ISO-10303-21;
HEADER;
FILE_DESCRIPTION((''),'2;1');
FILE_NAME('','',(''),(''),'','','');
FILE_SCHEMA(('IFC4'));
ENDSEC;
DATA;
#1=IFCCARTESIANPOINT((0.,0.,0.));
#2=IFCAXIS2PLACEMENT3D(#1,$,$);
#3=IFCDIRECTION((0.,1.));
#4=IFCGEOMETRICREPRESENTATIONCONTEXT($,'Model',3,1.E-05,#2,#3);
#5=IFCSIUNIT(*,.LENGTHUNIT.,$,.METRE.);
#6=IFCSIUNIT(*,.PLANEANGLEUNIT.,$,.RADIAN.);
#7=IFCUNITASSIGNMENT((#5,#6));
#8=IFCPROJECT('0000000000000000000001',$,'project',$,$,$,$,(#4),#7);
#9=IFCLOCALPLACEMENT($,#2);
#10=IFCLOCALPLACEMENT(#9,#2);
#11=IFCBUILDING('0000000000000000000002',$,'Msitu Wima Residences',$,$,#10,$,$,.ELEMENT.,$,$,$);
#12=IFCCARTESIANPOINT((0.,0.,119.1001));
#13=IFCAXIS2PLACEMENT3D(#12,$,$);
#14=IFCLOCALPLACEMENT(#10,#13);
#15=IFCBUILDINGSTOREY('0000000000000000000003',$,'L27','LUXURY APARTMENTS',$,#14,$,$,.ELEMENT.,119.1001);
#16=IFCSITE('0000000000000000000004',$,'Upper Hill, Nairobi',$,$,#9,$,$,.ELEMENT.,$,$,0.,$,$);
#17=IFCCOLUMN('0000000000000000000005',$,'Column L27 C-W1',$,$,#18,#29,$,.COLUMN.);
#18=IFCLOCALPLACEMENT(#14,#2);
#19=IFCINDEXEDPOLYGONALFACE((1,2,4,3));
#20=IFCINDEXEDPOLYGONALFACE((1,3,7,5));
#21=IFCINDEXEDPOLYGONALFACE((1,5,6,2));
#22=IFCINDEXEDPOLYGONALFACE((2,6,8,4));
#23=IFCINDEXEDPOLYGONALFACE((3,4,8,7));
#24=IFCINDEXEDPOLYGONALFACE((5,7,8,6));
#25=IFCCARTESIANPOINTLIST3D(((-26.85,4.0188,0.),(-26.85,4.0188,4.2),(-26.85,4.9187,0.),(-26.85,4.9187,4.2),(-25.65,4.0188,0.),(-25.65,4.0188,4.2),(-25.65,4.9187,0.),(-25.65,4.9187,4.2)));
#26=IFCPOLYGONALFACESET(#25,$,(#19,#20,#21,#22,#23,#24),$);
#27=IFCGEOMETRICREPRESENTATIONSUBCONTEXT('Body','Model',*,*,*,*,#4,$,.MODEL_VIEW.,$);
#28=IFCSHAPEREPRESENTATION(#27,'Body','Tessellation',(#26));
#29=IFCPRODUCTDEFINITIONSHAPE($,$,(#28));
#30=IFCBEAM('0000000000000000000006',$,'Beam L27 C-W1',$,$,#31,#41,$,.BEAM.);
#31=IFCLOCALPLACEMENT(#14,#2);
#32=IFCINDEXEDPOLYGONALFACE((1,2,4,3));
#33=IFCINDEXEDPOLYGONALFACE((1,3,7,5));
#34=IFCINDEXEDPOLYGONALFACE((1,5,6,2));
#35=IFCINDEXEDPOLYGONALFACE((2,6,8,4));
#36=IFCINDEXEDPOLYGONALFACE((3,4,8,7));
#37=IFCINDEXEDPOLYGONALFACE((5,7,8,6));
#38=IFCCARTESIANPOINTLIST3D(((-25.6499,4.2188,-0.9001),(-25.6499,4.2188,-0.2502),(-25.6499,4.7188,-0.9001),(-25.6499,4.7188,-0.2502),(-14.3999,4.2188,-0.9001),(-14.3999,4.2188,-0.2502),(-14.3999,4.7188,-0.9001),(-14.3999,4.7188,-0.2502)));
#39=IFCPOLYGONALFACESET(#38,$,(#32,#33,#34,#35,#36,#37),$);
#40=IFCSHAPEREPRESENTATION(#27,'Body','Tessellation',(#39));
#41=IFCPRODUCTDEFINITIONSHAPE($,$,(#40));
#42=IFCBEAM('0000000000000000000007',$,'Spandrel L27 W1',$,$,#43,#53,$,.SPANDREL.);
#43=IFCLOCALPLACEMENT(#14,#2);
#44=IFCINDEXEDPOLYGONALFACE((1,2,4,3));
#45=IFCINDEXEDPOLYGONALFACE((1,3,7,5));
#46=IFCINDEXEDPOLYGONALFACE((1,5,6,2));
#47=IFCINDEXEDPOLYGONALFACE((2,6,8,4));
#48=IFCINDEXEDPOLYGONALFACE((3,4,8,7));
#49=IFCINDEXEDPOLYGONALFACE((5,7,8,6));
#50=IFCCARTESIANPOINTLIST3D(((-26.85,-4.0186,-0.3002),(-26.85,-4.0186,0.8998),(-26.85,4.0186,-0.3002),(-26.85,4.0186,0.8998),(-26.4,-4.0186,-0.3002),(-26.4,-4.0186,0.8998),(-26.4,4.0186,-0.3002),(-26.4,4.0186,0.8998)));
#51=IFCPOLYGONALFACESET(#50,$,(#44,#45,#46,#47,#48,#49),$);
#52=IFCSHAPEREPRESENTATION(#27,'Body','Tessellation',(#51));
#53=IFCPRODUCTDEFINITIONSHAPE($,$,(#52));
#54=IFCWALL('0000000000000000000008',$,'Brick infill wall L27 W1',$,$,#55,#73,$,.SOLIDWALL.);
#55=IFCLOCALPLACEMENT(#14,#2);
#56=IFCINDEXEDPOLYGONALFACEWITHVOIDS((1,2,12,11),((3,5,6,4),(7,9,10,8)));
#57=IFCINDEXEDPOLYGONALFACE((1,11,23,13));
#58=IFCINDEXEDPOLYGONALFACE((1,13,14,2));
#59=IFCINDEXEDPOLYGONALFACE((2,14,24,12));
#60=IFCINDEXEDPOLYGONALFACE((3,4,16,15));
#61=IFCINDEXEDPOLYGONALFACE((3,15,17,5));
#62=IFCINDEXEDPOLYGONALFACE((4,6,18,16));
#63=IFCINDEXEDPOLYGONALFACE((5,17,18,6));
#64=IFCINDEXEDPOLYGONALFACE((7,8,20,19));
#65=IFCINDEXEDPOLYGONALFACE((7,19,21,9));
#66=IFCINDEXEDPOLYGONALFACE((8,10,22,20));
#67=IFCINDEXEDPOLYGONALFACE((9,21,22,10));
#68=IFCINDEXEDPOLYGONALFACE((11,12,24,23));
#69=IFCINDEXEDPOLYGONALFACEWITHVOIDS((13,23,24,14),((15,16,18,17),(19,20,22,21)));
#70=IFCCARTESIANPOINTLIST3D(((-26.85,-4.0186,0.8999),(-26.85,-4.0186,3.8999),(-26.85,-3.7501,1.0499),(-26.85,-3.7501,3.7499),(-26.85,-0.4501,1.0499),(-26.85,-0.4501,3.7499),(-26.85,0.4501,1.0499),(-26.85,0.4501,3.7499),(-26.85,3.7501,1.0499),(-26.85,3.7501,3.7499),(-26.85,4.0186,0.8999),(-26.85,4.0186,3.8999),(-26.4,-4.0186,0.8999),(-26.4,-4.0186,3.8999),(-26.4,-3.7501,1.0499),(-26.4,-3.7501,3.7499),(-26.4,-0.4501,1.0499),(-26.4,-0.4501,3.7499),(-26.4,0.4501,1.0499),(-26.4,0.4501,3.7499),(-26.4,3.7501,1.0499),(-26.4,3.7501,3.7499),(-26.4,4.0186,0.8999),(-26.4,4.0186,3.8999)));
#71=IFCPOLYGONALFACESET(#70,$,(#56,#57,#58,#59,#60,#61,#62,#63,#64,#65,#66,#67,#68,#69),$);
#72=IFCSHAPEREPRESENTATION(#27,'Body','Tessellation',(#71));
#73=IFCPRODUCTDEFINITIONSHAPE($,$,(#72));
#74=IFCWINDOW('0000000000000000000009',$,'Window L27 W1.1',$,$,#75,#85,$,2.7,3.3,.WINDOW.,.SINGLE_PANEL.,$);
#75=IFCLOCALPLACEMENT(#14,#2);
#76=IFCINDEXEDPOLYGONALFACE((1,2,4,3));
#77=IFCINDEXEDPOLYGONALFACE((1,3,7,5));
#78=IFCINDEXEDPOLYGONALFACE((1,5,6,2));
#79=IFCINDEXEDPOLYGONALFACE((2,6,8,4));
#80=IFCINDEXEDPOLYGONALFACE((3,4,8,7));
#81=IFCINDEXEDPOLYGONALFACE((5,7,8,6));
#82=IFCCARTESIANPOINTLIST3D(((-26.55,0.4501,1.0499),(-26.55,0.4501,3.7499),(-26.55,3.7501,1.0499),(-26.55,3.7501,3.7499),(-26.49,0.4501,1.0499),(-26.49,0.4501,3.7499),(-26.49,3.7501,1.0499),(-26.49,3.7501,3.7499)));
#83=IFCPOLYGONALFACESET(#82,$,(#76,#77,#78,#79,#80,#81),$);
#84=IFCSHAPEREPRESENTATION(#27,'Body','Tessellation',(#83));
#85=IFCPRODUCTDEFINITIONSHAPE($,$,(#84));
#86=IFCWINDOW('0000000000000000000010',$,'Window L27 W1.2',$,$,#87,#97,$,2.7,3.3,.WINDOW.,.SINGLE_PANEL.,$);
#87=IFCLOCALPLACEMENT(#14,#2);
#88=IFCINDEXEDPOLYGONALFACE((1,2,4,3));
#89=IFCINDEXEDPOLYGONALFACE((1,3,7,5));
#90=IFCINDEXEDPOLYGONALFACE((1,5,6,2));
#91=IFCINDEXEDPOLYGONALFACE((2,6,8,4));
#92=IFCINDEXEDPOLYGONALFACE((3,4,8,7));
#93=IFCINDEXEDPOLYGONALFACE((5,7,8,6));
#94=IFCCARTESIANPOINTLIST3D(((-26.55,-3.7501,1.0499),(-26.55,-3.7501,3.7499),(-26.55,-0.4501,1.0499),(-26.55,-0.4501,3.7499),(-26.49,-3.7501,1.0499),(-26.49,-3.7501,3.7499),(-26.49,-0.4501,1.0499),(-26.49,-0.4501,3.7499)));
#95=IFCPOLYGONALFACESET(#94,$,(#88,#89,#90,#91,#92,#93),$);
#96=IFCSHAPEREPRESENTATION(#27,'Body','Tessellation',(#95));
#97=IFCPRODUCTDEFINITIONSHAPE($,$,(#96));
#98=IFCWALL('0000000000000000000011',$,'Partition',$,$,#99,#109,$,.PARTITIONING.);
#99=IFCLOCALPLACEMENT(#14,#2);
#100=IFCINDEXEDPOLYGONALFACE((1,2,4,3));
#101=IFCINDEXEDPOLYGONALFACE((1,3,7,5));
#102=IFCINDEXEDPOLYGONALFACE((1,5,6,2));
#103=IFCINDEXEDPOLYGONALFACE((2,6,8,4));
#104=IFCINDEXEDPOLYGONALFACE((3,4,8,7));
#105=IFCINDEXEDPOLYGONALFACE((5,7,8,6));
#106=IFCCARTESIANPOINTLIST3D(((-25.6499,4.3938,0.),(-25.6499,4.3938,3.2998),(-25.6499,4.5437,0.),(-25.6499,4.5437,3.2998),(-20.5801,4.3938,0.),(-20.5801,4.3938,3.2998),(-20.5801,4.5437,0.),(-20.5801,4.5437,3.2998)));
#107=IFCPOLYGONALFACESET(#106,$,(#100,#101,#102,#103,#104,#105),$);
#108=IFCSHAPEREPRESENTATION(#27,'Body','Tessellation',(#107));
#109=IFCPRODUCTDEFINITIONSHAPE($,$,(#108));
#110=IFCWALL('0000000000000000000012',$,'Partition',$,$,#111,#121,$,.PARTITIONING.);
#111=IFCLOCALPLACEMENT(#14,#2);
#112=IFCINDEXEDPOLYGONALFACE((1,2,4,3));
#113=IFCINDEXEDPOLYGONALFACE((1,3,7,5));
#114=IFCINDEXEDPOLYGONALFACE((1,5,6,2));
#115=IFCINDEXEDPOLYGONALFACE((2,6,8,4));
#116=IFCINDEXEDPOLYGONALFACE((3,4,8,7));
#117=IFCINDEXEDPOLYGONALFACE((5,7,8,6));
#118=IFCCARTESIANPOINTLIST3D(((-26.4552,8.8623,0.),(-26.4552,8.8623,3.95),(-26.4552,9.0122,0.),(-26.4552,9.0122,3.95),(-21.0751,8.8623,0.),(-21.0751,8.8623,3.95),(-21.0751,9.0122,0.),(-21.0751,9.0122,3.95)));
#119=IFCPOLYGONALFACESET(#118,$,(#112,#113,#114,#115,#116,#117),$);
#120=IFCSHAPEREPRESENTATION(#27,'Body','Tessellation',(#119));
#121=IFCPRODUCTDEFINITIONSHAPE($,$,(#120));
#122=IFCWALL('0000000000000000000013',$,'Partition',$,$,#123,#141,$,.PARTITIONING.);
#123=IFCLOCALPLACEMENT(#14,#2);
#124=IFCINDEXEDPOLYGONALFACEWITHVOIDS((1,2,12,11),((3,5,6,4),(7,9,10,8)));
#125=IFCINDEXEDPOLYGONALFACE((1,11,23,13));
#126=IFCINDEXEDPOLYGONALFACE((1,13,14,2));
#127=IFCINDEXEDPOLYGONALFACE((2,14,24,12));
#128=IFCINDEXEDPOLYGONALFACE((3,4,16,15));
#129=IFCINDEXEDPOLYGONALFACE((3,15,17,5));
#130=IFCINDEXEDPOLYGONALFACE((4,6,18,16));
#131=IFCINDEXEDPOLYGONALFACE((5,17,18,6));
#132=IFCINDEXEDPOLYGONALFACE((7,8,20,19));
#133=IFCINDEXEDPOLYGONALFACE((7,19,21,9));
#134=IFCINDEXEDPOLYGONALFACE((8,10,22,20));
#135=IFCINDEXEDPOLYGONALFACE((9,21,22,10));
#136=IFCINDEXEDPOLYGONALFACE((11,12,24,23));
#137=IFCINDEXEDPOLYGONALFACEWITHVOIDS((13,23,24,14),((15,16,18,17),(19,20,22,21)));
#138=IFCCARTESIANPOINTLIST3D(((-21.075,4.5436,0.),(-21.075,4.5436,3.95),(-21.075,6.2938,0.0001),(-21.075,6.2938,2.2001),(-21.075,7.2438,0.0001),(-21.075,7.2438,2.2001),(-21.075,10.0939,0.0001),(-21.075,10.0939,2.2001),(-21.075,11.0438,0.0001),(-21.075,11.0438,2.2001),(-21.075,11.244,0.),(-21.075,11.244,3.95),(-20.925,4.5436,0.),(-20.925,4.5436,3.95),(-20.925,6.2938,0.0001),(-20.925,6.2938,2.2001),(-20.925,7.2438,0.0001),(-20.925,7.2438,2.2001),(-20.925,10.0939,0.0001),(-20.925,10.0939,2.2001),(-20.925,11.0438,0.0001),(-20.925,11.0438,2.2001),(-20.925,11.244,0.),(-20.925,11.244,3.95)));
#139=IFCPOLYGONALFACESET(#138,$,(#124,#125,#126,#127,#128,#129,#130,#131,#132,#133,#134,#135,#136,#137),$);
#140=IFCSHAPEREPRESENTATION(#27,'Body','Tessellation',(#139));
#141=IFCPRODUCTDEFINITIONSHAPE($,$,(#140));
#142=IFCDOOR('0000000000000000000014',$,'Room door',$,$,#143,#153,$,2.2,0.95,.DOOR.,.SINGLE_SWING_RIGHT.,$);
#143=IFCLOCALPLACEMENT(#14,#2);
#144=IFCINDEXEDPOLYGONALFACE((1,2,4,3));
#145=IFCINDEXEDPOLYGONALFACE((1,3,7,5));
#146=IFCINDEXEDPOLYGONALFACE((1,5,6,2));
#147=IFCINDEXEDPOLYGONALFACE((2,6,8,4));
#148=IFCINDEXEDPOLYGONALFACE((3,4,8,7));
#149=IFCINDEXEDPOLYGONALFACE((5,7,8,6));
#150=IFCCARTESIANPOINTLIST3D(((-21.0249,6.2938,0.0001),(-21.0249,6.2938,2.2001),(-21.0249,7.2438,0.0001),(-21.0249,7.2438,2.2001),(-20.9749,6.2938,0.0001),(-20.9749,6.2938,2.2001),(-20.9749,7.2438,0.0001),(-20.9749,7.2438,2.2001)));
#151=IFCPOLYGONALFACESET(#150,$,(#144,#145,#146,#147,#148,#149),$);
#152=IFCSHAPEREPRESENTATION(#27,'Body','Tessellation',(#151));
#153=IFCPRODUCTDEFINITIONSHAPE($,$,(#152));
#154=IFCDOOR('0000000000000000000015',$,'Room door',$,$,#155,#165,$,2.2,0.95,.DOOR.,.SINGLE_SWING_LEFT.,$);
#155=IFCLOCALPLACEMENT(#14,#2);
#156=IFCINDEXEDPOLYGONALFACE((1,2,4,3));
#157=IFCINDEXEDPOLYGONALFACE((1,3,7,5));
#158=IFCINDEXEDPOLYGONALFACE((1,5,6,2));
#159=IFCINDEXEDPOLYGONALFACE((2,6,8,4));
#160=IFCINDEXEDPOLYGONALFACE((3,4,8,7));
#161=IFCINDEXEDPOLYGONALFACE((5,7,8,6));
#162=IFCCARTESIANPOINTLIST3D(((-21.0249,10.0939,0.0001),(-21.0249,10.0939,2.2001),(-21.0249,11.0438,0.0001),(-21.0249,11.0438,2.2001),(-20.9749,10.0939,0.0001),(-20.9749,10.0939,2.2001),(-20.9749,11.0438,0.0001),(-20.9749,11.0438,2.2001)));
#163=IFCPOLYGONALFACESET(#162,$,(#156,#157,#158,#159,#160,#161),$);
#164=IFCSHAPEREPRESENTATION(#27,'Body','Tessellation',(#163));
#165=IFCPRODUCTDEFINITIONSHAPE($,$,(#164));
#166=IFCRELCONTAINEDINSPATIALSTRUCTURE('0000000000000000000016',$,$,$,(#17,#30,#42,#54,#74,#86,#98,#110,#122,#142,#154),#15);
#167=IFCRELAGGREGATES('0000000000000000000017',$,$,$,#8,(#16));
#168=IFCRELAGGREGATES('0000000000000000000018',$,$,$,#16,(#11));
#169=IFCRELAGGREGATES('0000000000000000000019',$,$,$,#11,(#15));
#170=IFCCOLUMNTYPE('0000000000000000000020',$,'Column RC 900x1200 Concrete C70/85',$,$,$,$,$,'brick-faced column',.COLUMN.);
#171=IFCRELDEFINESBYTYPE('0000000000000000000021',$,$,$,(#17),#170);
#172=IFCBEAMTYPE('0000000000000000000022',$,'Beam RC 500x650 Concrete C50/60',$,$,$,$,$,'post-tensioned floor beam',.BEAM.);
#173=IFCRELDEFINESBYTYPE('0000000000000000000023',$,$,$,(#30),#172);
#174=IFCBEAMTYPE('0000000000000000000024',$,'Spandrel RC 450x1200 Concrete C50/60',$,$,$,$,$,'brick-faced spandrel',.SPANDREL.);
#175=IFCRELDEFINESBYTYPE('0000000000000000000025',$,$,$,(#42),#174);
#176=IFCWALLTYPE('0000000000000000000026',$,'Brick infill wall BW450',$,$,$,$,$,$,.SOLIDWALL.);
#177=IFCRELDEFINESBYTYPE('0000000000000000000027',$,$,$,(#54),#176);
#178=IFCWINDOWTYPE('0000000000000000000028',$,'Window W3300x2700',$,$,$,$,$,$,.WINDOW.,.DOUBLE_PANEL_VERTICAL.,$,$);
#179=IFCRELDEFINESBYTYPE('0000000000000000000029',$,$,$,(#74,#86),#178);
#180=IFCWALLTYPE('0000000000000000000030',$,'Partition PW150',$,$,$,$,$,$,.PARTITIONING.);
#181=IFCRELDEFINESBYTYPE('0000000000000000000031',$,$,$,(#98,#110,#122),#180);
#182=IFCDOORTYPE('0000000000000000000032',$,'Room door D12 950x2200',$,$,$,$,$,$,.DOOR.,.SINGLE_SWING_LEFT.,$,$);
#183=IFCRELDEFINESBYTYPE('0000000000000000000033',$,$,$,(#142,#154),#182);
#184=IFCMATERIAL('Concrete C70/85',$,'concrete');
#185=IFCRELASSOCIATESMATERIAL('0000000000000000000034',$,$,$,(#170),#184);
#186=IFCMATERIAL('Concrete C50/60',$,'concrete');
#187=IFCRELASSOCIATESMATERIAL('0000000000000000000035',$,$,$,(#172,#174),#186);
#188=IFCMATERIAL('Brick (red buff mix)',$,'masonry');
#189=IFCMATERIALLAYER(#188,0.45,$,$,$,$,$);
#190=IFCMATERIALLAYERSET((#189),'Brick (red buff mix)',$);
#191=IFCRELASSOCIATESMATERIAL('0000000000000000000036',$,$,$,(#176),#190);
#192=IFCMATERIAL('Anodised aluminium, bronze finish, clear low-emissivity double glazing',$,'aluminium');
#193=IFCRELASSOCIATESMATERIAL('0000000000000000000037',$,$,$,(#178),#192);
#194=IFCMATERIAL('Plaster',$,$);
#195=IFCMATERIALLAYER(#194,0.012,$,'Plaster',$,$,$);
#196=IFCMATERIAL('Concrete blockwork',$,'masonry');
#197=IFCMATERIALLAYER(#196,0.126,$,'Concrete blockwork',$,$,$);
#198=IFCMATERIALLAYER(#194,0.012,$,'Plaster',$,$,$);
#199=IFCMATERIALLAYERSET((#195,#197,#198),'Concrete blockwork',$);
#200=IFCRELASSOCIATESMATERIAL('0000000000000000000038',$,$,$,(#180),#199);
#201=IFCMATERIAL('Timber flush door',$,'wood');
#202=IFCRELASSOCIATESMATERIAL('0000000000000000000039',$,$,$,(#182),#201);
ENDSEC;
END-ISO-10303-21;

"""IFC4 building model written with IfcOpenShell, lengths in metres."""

from ifc_helpers import new_model, si_unit, direction, frame, frame_2d, origin, origin_2d, place, context, subcontext, project, spatial, rectangle, extrude, material, layer, layer_set, material_profile, profile_set, type_object, element, fill, save


model = new_model("IFC4")

# Units and contexts
model_context = context("Model", 3, precision=1e-05, world=origin(), true_north=direction((0.0, 1.0)))
body_context = subcontext(model_context, "Body", "Model", "MODEL_VIEW")
ifc_project = project(units=[si_unit("LENGTHUNIT", "METRE"), si_unit("PLANEANGLEUNIT", "RADIAN")], contexts=[model_context])

# Site, building, storey
site_placement = place(None, origin())
site = spatial("IfcSite", under=ifc_project, at=site_placement, Name="Upper Hill, Nairobi", CompositionType="ELEMENT", RefElevation=0.0)
building_placement = place(site_placement, origin())
building = spatial("IfcBuilding", under=site, at=building_placement, Name="Msitu Wima Residences", CompositionType="ELEMENT")
storey_placement = place(building_placement, frame((0.0, 0.0, 119.1001)))
storey = spatial("IfcBuildingStorey", under=building, at=storey_placement, Name="L27", Description="LUXURY APARTMENTS", CompositionType="ELEMENT", Elevation=119.1001)

# Column
ifc_material_1 = material(Name="Concrete C70/85", Category="concrete")
ifc_material_profile_1 = material_profile(ifc_material_1, rectangle(XDim=0.8999, YDim=1.2, at=origin_2d()), Name="RC 900x1200")
ifc_profile_set_1 = profile_set([ifc_material_profile_1], Name="Concrete C70/85")
column_type = type_object("IfcColumnType", Name="Column RC 900x1200 Concrete C70/85", ElementType="brick-faced column", PredefinedType="COLUMN", material=ifc_profile_set_1)
column_placement = place(storey_placement, frame((-26.25, 4.4688, 0.0), z_axis=(0.0, 0.0, 1.0), x_axis=(0.0, -1.0, 0.0)))
element("IfcColumn", 1, at=column_placement, inside=storey, type_object=column_type, Name="Column L27 C-W1", PredefinedType="COLUMN", context=body_context, shape_type="SweptSolid", body=[
    extrude(rectangle(XDim=0.8999, YDim=1.2, at=origin_2d()), origin(), (0.0, 0.0, 1.0), 4.2),
])

# Beams
ifc_material_2 = material(Name="Concrete C50/60", Category="concrete")
ifc_material_profile_2 = material_profile(ifc_material_2, rectangle(XDim=0.5, YDim=0.6499, at=origin_2d()), Name="RC 500x650")
ifc_profile_set_2 = profile_set([ifc_material_profile_2], Name="Concrete C50/60")
beam_type_1 = type_object("IfcBeamType", Name="Beam RC 500x650 Concrete C50/60", ElementType="post-tensioned floor beam", PredefinedType="BEAM", material=ifc_profile_set_2)
beam_1_placement = place(storey_placement, frame((-25.6499, 4.4688, -0.5752), z_axis=(1.0, 0.0, 0.0), x_axis=(0.0, 1.0, 0.0)))
element("IfcBeam", 2, at=beam_1_placement, inside=storey, type_object=beam_type_1, Name="Beam L27 C-W1", PredefinedType="BEAM", context=body_context, shape_type="SweptSolid", body=[
    extrude(rectangle(XDim=0.5, YDim=0.6499, at=origin_2d()), origin(), (0.0, 0.0, 1.0), 11.25),
])
ifc_material_profile_3 = material_profile(ifc_material_2, rectangle(XDim=0.45, YDim=1.2, at=origin_2d()), Name="RC 450x1200")
ifc_profile_set_3 = profile_set([ifc_material_profile_3], Name="Concrete C50/60")
beam_type_2 = type_object("IfcBeamType", Name="Spandrel RC 450x1200 Concrete C50/60", ElementType="brick-faced spandrel", PredefinedType="SPANDREL", material=ifc_profile_set_3)
beam_2_placement = place(storey_placement, frame((-26.625, 4.0186, 0.2998), z_axis=(0.0, -1.0, 0.0), x_axis=(1.0, 0.0, 0.0)))
element("IfcBeam", 3, at=beam_2_placement, inside=storey, type_object=beam_type_2, Name="Spandrel L27 W1", PredefinedType="SPANDREL", context=body_context, shape_type="SweptSolid", body=[
    extrude(rectangle(XDim=0.45, YDim=1.2, at=origin_2d()), origin(), (0.0, 0.0, 1.0), 8.0371),
])

# Wall, openings, windows
ifc_material_3 = material(Name="Brick (red buff mix)", Category="masonry")
ifc_layer_1 = layer(ifc_material_3, 0.45)
ifc_layer_set_1 = layer_set([ifc_layer_1], Name="Brick (red buff mix)")
wall_type_1 = type_object("IfcWallType", Name="Brick infill wall BW450", PredefinedType="SOLIDWALL", material=ifc_layer_set_1)
wall_1_placement = place(storey_placement, frame((-26.625, 4.0186, 0.8999), z_axis=(0.0, 0.0, 1.0), x_axis=(0.0, -1.0, 0.0)))
wall_1 = element("IfcWall", 4, at=wall_1_placement, inside=storey, type_object=wall_type_1, Name="Brick infill wall L27 W1", PredefinedType="SOLIDWALL", context=body_context, shape_type="SweptSolid", body=[
    extrude(rectangle(XDim=8.0371, YDim=0.45, at=frame_2d((4.0186, 0.0))), origin(), (0.0, 0.0, 1.0), 3.0),
])
opening_1_placement = place(wall_1_placement, frame((0.2686, 0.0, 0.1499)))
opening_1 = element("IfcOpeningElement", 5, at=opening_1_placement, cuts=wall_1, PredefinedType="OPENING", context=body_context, shape_type="SweptSolid", body=[
    extrude(rectangle(XDim=3.3, YDim=2.7, at=frame_2d((1.6499, 1.3501))), frame((0.0, 0.2349, 0.0), z_axis=(0.0, -1.0, 0.0), x_axis=(1.0, 0.0, 0.0)), (0.0, 0.0, 1.0), 0.47),
])
opening_2_placement = place(wall_1_placement, frame((4.4688, 0.0, 0.1499)))
opening_2 = element("IfcOpeningElement", 6, at=opening_2_placement, cuts=wall_1, PredefinedType="OPENING", context=body_context, shape_type="SweptSolid", body=[
    extrude(rectangle(XDim=3.3, YDim=2.7, at=frame_2d((1.6499, 1.3501))), frame((0.0, 0.2349, 0.0), z_axis=(0.0, -1.0, 0.0), x_axis=(1.0, 0.0, 0.0)), (0.0, 0.0, 1.0), 0.47),
])
ifc_material_4 = material(Name="Anodised aluminium, bronze finish, clear low-emissivity double glazing", Category="aluminium")
window_type = type_object("IfcWindowType", Name="Window W3300x2700", PartitioningType="DOUBLE_PANEL_VERTICAL", PredefinedType="WINDOW", material=ifc_material_4)
window_1_placement = place(opening_1_placement, origin())
window_1 = element("IfcWindow", 7, at=window_1_placement, inside=storey, type_object=window_type, Name="Window L27 W1.1", OverallHeight=2.7, OverallWidth=3.3, PartitioningType="SINGLE_PANEL", PredefinedType="WINDOW", context=body_context, shape_type="SweptSolid", body=[
    extrude(rectangle(XDim=3.3, YDim=2.7, at=frame_2d((1.6499, 1.3501))), frame((0.0, 0.135, 0.0), z_axis=(0.0, -1.0, 0.0), x_axis=(1.0, 0.0, 0.0)), (0.0, 0.0, 1.0), 0.0601),
])
fill(opening_1, window_1)
window_2_placement = place(opening_2_placement, origin())
window_2 = element("IfcWindow", 8, at=window_2_placement, inside=storey, type_object=window_type, Name="Window L27 W1.2", OverallHeight=2.7, OverallWidth=3.3, PartitioningType="SINGLE_PANEL", PredefinedType="WINDOW", context=body_context, shape_type="SweptSolid", body=[
    extrude(rectangle(XDim=3.3, YDim=2.7, at=frame_2d((1.6499, 1.3501))), frame((0.0, 0.135, 0.0), z_axis=(0.0, -1.0, 0.0), x_axis=(1.0, 0.0, 0.0)), (0.0, 0.0, 1.0), 0.0601),
])
fill(opening_2, window_2)

# Walls
ifc_material_5 = material(Name="Plaster")
ifc_layer_2 = layer(ifc_material_5, 0.012, Name="Plaster")
ifc_material_6 = material(Name="Concrete blockwork", Category="masonry")
ifc_layer_3 = layer(ifc_material_6, 0.126, Name="Concrete blockwork")
ifc_layer_4 = layer(ifc_material_5, 0.012, Name="Plaster")
ifc_layer_set_2 = layer_set([ifc_layer_2, ifc_layer_3, ifc_layer_4], Name="Concrete blockwork")
wall_type_2 = type_object("IfcWallType", Name="Partition PW150", PredefinedType="PARTITIONING", material=ifc_layer_set_2)
wall_2_placement = place(storey_placement, frame((-25.6499, 4.4688, 0.0), z_axis=(0.0, 0.0, 1.0), x_axis=(1.0, 0.0, 0.0)))
element("IfcWall", 9, at=wall_2_placement, inside=storey, type_object=wall_type_2, Name="Partition", PredefinedType="PARTITIONING", context=body_context, shape_type="SweptSolid", body=[
    extrude(rectangle(XDim=5.0698, YDim=0.1499, at=frame_2d((2.5349, 0.0))), origin(), (0.0, 0.0, 1.0), 3.2998),
])
wall_3_placement = place(storey_placement, frame((-26.4551, 8.9373, 0.0), z_axis=(0.0, 0.0, 1.0), x_axis=(1.0, 0.0, 0.0)))
element("IfcWall", 10, at=wall_3_placement, inside=storey, type_object=wall_type_2, Name="Partition", PredefinedType="PARTITIONING", context=body_context, shape_type="SweptSolid", body=[
    extrude(rectangle(XDim=5.3801, YDim=0.1499, at=frame_2d((2.6899, 0.0))), origin(), (0.0, 0.0, 1.0), 3.95),
])

# Wall, openings, doors
wall_4_placement = place(storey_placement, frame((-21.0, 4.5437, 0.0), z_axis=(0.0, 0.0, 1.0), x_axis=(0.0, 1.0, 0.0)))
wall_4 = element("IfcWall", 11, at=wall_4_placement, inside=storey, type_object=wall_type_2, Name="Partition", PredefinedType="PARTITIONING", context=body_context, shape_type="SweptSolid", body=[
    extrude(rectangle(XDim=6.7004, YDim=0.1499, at=frame_2d((3.3501, 0.0))), origin(), (0.0, 0.0, 1.0), 3.95),
])
opening_3_placement = place(wall_4_placement, frame((1.75, 0.0, 0.0)))
opening_3 = element("IfcOpeningElement", 12, at=opening_3_placement, cuts=wall_4, PredefinedType="OPENING", context=body_context, shape_type="SweptSolid", body=[
    extrude(rectangle(XDim=0.95, YDim=2.2, at=frame_2d((0.4751, 1.1001))), frame((0.0, 0.085, 0.0), z_axis=(0.0, -1.0, 0.0), x_axis=(1.0, 0.0, 0.0)), (0.0, 0.0, 1.0), 0.1699),
])
opening_4_placement = place(wall_4_placement, frame((5.55, 0.0, 0.0)))
opening_4 = element("IfcOpeningElement", 13, at=opening_4_placement, cuts=wall_4, PredefinedType="OPENING", context=body_context, shape_type="SweptSolid", body=[
    extrude(rectangle(XDim=0.95, YDim=2.2, at=frame_2d((0.4751, 1.1001))), frame((0.0, 0.085, 0.0), z_axis=(0.0, -1.0, 0.0), x_axis=(1.0, 0.0, 0.0)), (0.0, 0.0, 1.0), 0.1699),
])
ifc_material_7 = material(Name="Timber flush door", Category="wood")
door_type_1 = type_object("IfcDoorType", Name="Room door D12 950x2200", OperationType="SINGLE_SWING_LEFT", PredefinedType="DOOR", material=ifc_material_7)
door_1_placement = place(opening_3_placement, origin())
door_1 = element("IfcDoor", 14, at=door_1_placement, inside=storey, type_object=door_type_1, Name="Room door", OperationType="SINGLE_SWING_RIGHT", OverallHeight=2.2, OverallWidth=0.95, PredefinedType="DOOR", context=body_context, shape_type="SweptSolid", body=[
    extrude(rectangle(XDim=0.95, YDim=2.2, at=frame_2d((0.4751, 1.1001))), frame((0.0, 0.0249, 0.0), z_axis=(0.0, -1.0, 0.0), x_axis=(1.0, 0.0, 0.0)), (0.0, 0.0, 1.0), 0.05),
])
fill(opening_3, door_1)
door_2_placement = place(opening_4_placement, origin())
door_2 = element("IfcDoor", 15, at=door_2_placement, inside=storey, type_object=door_type_1, Name="Room door", OperationType="SINGLE_SWING_LEFT", OverallHeight=2.2, OverallWidth=0.95, PredefinedType="DOOR", context=body_context, shape_type="SweptSolid", body=[
    extrude(rectangle(XDim=0.95, YDim=2.2, at=frame_2d((0.4751, 1.1001))), frame((0.0, 0.0249, 0.0), z_axis=(0.0, -1.0, 0.0), x_axis=(1.0, 0.0, 0.0)), (0.0, 0.0, 1.0), 0.05),
])
fill(opening_4, door_2)

save(model, "model.ifc")
